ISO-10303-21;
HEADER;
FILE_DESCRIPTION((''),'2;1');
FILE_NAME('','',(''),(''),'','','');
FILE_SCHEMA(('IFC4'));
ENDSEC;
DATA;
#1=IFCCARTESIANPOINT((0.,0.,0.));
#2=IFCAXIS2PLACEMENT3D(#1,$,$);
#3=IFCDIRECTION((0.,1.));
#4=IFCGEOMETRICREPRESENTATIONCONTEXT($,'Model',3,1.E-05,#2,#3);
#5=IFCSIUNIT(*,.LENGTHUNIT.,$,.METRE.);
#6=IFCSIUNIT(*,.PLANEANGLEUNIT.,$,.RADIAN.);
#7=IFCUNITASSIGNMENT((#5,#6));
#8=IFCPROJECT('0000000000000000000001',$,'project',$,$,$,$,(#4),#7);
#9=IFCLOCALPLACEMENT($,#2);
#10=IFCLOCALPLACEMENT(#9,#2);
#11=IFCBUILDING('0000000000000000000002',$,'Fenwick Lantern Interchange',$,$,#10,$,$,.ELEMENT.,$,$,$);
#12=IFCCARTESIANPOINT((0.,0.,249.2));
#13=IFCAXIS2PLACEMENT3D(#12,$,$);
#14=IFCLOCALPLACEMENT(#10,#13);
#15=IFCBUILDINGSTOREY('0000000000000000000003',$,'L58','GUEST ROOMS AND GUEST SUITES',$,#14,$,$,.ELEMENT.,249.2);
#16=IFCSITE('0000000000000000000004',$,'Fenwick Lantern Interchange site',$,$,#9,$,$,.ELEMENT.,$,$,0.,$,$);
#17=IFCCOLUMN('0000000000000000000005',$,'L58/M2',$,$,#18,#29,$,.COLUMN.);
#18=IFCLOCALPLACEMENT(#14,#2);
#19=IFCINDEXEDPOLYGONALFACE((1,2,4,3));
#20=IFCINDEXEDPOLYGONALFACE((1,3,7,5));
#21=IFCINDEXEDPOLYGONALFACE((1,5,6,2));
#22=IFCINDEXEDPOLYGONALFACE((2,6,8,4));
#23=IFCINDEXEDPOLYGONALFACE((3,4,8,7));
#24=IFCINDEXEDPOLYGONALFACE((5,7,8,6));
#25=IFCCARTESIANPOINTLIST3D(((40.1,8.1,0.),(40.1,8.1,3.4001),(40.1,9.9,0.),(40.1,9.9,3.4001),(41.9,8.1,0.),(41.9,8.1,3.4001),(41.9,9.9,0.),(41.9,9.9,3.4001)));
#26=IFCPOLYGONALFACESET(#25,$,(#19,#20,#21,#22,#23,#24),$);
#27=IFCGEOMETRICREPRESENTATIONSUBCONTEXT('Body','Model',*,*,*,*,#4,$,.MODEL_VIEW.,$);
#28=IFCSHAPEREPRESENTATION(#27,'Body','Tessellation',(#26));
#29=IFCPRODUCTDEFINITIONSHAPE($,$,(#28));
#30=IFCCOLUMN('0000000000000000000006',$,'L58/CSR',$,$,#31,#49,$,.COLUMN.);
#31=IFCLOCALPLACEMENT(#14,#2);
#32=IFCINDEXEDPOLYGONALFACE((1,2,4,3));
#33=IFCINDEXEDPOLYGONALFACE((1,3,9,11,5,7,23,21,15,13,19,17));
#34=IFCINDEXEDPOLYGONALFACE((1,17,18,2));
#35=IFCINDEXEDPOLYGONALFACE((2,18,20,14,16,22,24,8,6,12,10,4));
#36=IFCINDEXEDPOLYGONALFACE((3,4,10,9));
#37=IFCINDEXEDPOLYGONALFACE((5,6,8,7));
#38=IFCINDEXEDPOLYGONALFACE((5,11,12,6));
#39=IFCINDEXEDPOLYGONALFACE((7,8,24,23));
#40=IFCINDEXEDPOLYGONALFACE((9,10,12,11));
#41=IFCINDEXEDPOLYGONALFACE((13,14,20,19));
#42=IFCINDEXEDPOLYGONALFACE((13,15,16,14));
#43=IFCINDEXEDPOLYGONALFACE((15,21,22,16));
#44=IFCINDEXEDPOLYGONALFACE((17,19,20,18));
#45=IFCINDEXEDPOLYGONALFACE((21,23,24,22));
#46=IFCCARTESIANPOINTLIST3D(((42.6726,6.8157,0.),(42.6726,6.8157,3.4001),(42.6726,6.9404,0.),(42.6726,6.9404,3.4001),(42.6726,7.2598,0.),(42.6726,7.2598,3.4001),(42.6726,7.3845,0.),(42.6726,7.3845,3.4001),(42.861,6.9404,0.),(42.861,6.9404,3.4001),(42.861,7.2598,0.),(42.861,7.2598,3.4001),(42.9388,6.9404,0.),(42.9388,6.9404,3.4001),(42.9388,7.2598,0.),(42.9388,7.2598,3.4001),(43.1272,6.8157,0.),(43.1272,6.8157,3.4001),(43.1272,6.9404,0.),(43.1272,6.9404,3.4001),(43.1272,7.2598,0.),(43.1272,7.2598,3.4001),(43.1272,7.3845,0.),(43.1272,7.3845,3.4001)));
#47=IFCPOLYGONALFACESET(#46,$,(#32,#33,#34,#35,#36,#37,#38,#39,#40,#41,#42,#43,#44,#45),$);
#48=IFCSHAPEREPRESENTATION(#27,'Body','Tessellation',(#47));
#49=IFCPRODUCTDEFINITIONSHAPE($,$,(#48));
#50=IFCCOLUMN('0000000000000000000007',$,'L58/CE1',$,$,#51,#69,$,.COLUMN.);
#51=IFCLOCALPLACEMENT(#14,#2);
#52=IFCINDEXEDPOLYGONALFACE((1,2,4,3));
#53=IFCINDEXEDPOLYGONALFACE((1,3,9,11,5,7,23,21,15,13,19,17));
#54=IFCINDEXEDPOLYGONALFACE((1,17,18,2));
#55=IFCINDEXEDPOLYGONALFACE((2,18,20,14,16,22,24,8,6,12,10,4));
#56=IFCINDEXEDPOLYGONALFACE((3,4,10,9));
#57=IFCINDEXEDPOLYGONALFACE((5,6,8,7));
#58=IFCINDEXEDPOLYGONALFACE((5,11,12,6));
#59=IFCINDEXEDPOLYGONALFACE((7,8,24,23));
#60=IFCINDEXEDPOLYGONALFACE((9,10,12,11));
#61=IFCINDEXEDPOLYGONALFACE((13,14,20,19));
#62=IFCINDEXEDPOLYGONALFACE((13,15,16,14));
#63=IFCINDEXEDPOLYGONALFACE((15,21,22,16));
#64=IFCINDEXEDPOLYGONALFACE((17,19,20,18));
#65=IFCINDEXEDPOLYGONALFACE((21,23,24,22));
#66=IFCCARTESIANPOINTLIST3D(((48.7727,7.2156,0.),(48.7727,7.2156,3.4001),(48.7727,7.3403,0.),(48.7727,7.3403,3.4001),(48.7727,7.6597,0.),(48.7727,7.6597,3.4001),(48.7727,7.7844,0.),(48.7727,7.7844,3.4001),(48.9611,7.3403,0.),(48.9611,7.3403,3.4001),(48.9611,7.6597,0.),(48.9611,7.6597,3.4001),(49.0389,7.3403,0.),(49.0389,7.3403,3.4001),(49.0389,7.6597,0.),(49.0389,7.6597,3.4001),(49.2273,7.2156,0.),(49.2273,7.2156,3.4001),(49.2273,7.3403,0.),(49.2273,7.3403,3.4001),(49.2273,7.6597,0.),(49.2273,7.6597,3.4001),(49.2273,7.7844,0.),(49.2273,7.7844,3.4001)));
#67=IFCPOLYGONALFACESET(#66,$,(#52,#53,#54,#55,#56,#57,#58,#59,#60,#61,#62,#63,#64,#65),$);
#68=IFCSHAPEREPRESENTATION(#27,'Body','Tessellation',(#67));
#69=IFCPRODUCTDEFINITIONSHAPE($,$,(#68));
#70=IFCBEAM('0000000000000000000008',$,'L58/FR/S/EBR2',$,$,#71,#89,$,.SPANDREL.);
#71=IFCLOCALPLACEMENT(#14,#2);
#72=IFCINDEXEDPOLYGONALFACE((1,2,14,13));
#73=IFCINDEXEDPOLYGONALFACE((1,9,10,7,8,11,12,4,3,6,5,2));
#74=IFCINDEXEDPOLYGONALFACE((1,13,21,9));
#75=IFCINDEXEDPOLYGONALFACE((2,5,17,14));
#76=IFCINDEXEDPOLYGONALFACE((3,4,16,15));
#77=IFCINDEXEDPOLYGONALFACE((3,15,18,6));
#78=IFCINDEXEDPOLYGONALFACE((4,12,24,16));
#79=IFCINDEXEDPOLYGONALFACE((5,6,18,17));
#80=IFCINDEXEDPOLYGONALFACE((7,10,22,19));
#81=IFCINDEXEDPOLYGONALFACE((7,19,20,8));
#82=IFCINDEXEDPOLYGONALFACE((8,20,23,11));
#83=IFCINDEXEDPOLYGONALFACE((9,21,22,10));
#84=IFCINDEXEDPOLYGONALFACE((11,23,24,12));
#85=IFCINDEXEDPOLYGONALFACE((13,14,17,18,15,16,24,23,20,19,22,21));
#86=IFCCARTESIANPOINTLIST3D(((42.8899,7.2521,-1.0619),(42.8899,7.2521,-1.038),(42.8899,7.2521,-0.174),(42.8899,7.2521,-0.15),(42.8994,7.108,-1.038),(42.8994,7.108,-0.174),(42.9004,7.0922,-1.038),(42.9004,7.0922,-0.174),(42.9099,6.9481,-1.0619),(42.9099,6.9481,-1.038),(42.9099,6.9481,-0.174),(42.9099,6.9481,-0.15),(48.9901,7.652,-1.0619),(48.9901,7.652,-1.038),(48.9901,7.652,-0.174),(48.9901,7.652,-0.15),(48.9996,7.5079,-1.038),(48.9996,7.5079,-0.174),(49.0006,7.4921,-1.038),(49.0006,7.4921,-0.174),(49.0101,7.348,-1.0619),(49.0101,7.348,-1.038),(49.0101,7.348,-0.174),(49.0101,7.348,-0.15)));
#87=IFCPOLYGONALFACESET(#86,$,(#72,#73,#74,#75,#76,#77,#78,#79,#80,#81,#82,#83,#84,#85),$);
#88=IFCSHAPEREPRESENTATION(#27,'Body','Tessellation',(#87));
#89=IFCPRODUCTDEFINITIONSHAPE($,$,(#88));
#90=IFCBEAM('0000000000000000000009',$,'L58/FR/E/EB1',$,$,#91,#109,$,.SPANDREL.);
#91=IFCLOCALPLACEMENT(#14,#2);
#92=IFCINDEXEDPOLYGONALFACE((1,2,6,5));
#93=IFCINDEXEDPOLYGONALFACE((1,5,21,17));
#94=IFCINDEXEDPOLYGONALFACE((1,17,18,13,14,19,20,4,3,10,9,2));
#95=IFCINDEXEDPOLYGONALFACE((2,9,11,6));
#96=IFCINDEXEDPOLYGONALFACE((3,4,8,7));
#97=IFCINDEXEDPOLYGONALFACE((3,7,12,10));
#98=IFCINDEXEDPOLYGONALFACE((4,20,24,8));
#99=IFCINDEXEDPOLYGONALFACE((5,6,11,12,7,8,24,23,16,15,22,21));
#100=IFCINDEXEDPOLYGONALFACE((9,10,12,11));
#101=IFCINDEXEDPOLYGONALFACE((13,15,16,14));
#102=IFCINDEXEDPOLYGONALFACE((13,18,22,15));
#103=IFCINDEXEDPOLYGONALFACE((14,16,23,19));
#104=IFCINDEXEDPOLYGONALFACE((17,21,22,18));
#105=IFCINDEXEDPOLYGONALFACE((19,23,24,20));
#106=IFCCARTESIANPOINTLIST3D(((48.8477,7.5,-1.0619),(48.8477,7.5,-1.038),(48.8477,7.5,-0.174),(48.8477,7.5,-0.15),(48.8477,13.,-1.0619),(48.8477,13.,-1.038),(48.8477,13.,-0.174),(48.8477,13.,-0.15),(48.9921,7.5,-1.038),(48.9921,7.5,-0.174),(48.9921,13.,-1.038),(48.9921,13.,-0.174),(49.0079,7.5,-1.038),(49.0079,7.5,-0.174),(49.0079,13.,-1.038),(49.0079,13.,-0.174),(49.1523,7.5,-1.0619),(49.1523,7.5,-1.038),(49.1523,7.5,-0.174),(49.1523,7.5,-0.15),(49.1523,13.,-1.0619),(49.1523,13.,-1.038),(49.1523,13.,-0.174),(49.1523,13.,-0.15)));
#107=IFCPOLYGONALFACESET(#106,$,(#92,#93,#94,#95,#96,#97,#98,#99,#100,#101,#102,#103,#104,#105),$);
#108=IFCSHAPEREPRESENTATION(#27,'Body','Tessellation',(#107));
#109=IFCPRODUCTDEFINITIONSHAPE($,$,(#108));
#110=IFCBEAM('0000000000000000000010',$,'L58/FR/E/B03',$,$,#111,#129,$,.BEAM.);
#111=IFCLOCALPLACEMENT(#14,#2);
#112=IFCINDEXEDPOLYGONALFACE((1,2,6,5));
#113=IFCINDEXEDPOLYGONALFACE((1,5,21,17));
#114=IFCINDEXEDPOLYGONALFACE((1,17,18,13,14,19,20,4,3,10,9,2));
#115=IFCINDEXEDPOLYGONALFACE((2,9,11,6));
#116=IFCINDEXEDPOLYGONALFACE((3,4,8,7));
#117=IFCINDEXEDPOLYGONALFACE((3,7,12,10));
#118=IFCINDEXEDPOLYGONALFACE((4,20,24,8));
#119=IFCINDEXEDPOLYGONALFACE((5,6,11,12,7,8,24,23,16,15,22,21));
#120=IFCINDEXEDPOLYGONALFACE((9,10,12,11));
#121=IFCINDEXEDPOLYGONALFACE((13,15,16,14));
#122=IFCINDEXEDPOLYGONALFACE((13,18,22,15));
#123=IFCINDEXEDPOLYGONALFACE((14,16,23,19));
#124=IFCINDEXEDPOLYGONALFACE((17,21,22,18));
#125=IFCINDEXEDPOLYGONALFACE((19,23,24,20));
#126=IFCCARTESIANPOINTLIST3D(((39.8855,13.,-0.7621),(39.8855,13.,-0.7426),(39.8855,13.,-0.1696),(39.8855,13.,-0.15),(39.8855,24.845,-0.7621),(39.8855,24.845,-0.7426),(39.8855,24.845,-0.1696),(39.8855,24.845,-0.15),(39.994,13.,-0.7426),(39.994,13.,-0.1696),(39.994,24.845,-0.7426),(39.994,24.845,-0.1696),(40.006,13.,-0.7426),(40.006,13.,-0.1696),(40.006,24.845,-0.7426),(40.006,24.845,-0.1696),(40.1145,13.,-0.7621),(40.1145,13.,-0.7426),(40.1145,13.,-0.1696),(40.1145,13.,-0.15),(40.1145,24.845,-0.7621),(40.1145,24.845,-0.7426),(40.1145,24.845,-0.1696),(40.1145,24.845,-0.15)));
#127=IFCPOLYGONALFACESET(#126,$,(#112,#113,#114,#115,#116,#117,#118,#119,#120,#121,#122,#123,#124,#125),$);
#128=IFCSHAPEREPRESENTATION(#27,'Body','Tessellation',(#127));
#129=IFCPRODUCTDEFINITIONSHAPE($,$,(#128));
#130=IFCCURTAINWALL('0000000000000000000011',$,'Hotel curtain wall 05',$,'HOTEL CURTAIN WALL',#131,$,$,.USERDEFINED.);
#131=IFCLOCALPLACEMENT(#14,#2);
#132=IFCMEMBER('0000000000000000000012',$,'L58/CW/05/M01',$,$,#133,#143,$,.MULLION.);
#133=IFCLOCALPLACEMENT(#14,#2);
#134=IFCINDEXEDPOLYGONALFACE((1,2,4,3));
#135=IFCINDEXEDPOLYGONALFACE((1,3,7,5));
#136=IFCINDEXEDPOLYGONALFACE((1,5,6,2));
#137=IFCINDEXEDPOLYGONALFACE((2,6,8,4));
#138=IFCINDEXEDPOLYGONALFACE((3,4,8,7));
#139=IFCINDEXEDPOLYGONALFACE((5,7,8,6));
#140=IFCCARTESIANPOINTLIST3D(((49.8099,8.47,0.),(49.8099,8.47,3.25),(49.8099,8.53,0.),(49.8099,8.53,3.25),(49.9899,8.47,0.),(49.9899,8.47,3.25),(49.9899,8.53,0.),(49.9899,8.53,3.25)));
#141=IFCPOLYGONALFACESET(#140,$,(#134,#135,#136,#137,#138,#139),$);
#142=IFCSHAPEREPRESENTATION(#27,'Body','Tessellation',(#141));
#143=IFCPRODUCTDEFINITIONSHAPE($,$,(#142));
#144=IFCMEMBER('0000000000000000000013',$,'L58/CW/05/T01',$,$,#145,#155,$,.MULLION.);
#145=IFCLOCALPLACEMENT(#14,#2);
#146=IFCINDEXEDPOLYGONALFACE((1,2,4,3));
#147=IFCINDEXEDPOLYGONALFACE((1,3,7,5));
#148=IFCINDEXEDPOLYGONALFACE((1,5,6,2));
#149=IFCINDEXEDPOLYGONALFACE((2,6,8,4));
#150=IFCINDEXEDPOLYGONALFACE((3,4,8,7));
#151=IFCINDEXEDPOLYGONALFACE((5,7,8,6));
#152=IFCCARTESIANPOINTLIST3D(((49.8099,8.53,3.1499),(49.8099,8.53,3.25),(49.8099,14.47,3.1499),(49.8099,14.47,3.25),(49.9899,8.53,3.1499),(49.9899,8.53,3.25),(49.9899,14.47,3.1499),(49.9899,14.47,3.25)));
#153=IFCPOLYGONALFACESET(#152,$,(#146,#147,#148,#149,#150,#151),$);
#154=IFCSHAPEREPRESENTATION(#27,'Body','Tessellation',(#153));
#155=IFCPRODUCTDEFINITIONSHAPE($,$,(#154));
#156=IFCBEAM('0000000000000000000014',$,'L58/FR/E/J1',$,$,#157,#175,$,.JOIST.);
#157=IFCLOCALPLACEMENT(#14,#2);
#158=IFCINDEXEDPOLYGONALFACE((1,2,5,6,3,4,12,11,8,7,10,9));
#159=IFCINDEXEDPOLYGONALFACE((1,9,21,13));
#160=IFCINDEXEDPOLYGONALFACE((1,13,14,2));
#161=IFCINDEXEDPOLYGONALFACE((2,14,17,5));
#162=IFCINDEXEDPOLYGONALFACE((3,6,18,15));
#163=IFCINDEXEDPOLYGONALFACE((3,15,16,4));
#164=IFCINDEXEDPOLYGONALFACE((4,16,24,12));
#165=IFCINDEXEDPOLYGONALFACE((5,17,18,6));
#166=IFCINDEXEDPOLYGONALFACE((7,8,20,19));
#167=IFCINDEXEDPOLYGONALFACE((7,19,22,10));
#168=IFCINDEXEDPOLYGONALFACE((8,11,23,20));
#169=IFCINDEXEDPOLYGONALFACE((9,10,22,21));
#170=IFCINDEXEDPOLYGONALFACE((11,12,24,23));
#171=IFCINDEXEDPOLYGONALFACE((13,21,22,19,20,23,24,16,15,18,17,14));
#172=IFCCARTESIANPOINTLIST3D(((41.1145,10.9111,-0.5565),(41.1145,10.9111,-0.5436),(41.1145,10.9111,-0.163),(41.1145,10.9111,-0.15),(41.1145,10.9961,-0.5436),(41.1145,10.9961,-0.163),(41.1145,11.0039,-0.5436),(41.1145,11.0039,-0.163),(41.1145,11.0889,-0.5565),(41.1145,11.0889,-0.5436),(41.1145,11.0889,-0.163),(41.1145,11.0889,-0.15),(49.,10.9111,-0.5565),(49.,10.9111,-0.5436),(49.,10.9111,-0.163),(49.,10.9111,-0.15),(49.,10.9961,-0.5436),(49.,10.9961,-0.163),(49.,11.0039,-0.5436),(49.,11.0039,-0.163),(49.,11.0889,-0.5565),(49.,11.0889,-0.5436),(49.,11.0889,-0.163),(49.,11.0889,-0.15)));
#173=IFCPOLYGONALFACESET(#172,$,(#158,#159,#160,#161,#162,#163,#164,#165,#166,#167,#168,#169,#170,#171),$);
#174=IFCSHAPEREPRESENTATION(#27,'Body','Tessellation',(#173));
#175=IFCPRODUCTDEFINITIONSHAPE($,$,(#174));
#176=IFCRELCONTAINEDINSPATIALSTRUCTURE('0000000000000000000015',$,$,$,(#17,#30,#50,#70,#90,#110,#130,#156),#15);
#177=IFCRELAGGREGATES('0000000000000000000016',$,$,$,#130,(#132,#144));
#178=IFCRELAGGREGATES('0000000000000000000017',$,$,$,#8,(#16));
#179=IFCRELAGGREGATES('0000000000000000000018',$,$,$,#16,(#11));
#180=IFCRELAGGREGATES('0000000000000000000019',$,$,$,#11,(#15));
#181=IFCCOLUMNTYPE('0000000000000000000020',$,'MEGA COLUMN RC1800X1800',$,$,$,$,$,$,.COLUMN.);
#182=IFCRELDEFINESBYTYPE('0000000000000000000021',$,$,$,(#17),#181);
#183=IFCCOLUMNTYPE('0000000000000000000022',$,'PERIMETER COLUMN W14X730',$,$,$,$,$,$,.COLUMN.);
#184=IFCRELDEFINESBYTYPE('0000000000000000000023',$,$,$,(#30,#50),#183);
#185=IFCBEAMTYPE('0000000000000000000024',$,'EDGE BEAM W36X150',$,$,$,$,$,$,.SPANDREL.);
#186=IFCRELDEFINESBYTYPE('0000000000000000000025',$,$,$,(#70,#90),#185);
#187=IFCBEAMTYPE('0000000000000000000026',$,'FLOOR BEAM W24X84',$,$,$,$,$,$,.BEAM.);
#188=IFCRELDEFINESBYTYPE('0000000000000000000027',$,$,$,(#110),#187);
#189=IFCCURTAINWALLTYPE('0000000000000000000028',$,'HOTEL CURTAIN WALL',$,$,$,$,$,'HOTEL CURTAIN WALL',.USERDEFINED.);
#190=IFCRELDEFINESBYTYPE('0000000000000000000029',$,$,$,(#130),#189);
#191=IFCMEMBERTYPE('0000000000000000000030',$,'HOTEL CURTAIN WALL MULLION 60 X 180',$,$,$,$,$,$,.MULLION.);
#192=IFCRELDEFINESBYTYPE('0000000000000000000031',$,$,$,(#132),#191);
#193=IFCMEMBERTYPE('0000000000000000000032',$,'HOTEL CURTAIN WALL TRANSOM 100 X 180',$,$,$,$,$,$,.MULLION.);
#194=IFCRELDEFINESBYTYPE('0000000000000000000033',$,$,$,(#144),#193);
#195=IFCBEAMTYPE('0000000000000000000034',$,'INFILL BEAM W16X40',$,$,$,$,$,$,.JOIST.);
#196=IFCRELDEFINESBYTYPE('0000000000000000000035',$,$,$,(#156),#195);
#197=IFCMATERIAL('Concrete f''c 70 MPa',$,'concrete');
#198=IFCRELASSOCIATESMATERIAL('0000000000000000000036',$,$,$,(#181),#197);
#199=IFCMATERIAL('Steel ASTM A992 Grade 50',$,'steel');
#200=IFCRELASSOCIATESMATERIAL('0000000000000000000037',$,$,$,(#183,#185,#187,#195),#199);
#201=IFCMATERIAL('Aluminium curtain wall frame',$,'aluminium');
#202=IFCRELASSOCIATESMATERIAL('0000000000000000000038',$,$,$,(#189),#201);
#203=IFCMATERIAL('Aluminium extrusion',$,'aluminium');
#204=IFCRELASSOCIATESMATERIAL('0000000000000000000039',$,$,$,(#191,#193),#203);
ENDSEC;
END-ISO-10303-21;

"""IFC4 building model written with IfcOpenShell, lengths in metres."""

from ifc_helpers import new_model, si_unit, direction, frame, origin, origin_2d, place, context, subcontext, project, spatial, rectangle, i_section, extrude, material, material_profile, profile_set, type_object, element, aggregate, save


model = new_model("IFC4")

# Units and contexts
model_context = context("Model", 3, precision=1e-05, world=origin(), true_north=direction((0.0, 1.0)))
body_context = subcontext(model_context, "Body", "Model", "MODEL_VIEW")
ifc_project = project(units=[si_unit("LENGTHUNIT", "METRE"), si_unit("PLANEANGLEUNIT", "RADIAN")], contexts=[model_context])

# Site, building, storey
site_placement = place(None, origin())
site = spatial("IfcSite", under=ifc_project, at=site_placement, Name="Fenwick Lantern Interchange site", CompositionType="ELEMENT", RefElevation=0.0)
building_placement = place(site_placement, origin())
building = spatial("IfcBuilding", under=site, at=building_placement, Name="Fenwick Lantern Interchange", CompositionType="ELEMENT")
storey_placement = place(building_placement, frame((0.0, 0.0, 249.2)))
storey = spatial("IfcBuildingStorey", under=building, at=storey_placement, Name="L58", Description="GUEST ROOMS AND GUEST SUITES", CompositionType="ELEMENT", Elevation=249.2)

# Columns
ifc_material_1 = material(Name="Concrete f'c 70 MPa", Category="concrete")
ifc_material_profile_1 = material_profile(ifc_material_1, rectangle(XDim=1.8, YDim=1.8, at=origin_2d()), Name="RC1800X1800")
ifc_profile_set_1 = profile_set([ifc_material_profile_1], Name="Concrete f'c 70 MPa")
column_type_1 = type_object("IfcColumnType", Name="MEGA COLUMN RC1800X1800", PredefinedType="COLUMN", material=ifc_profile_set_1)
column_placement = place(storey_placement, frame((41.0, 9.0, 0.0), z_axis=(0.0, 0.0, 1.0), x_axis=(1.0, 0.0, 0.0)))
element("IfcColumn", 1, at=column_placement, inside=storey, type_object=column_type_1, Name="L58/M2", PredefinedType="COLUMN", context=body_context, shape_type="SweptSolid", body=[
    extrude(rectangle(XDim=1.8, YDim=1.8, at=origin_2d()), origin(), (0.0, 0.0, 1.0), 3.4001),
])
ifc_material_2 = material(Name="Steel ASTM A992 Grade 50", Category="steel")
ifc_material_profile_2 = material_profile(ifc_material_2, i_section(OverallWidth=0.4546, OverallDepth=0.5688, WebThickness=0.0779, FlangeThickness=0.1248, at=origin_2d()), Name="W14X730")
ifc_profile_set_2 = profile_set([ifc_material_profile_2], Name="Steel ASTM A992 Grade 50")
column_type_2 = type_object("IfcColumnType", Name="PERIMETER COLUMN W14X730", PredefinedType="COLUMN", material=ifc_profile_set_2)
for number, where, z_axis, x_axis, name in (
    (2, (42.8999, 7.1001, 0.0), (0.0, 0.0, 1.0), (1.0, 0.0, 0.0), "L58/CSR"),
    (3, (49.0, 7.5, 0.0), (0.0, 0.0, 1.0), (1.0, 0.0, 0.0), "L58/CE1"),
):
    element("IfcColumn", number, at=place(storey_placement, frame(where, z_axis=z_axis, x_axis=x_axis)), inside=storey, type_object=column_type_2, Name=name, PredefinedType="COLUMN", context=body_context, shape_type="SweptSolid", body=[
        extrude(i_section(OverallWidth=0.4546, OverallDepth=0.5688, WebThickness=0.0779, FlangeThickness=0.1248, at=origin_2d()), origin(), (0.0, 0.0, 1.0), 3.4001),
    ])

# Beams
ifc_material_profile_3 = material_profile(ifc_material_2, i_section(OverallWidth=0.3047, OverallDepth=0.9119, WebThickness=0.0159, FlangeThickness=0.0239, at=origin_2d()), Name="W36X150")
ifc_profile_set_3 = profile_set([ifc_material_profile_3], Name="Steel ASTM A992 Grade 50")
beam_type_1 = type_object("IfcBeamType", Name="EDGE BEAM W36X150", PredefinedType="SPANDREL", material=ifc_profile_set_3)
beam_1_placement = place(storey_placement, frame((42.8999, 7.1001, -0.606), z_axis=(0.997858, 0.065416, 0.0), x_axis=(-0.065416, 0.997858, 0.0)))
element("IfcBeam", 4, at=beam_1_placement, inside=storey, type_object=beam_type_1, Name="L58/FR/S/EBR2", PredefinedType="SPANDREL", context=body_context, shape_type="SweptSolid", body=[
    extrude(i_section(OverallWidth=0.3047, OverallDepth=0.9119, WebThickness=0.0159, FlangeThickness=0.0239, at=origin_2d()), origin(), (0.0, 0.0, 1.0), 6.1133),
])
beam_2_placement = place(storey_placement, frame((49.0, 7.5, -0.606), z_axis=(0.0, 1.0, 0.0), x_axis=(-1.0, 0.0, 0.0)))
element("IfcBeam", 5, at=beam_2_placement, inside=storey, type_object=beam_type_1, Name="L58/FR/E/EB1", PredefinedType="SPANDREL", context=body_context, shape_type="SweptSolid", body=[
    extrude(i_section(OverallWidth=0.3047, OverallDepth=0.9119, WebThickness=0.0159, FlangeThickness=0.0239, at=origin_2d()), origin(), (0.0, 0.0, 1.0), 5.5),
])
ifc_material_profile_4 = material_profile(ifc_material_2, i_section(OverallWidth=0.229, OverallDepth=0.6121, WebThickness=0.012, FlangeThickness=0.0195, at=origin_2d()), Name="W24X84")
ifc_profile_set_4 = profile_set([ifc_material_profile_4], Name="Steel ASTM A992 Grade 50")
beam_type_2 = type_object("IfcBeamType", Name="FLOOR BEAM W24X84", PredefinedType="BEAM", material=ifc_profile_set_4)
beam_3_placement = place(storey_placement, frame((40.0, 13.0, -0.4561), z_axis=(0.0, 1.0, 0.0), x_axis=(-1.0, 0.0, 0.0)))
element("IfcBeam", 6, at=beam_3_placement, inside=storey, type_object=beam_type_2, Name="L58/FR/E/B03", PredefinedType="BEAM", context=body_context, shape_type="SweptSolid", body=[
    extrude(i_section(OverallWidth=0.229, OverallDepth=0.6121, WebThickness=0.012, FlangeThickness=0.0195, at=origin_2d()), origin(), (0.0, 0.0, 1.0), 11.845),
])

# Curtain wall, members
ifc_material_3 = material(Name="Aluminium curtain wall frame", Category="aluminium")
curtain_wall_type = type_object("IfcCurtainWallType", Name="HOTEL CURTAIN WALL", ElementType="HOTEL CURTAIN WALL", PredefinedType="USERDEFINED", material=ifc_material_3)
curtain_wall_placement = place(storey_placement, origin())
curtain_wall = element("IfcCurtainWall", 7, at=curtain_wall_placement, inside=storey, type_object=curtain_wall_type, Name="Hotel curtain wall 05", ObjectType="HOTEL CURTAIN WALL", PredefinedType="USERDEFINED")
ifc_material_4 = material(Name="Aluminium extrusion", Category="aluminium")
ifc_material_profile_5 = material_profile(ifc_material_4, rectangle(XDim=0.1799, YDim=0.0601, at=origin_2d()), Name="HOTEL CURTAIN WALL MULLION 60 X 180")
ifc_profile_set_5 = profile_set([ifc_material_profile_5], Name="Aluminium extrusion")
member_type_1 = type_object("IfcMemberType", Name="HOTEL CURTAIN WALL MULLION 60 X 180", PredefinedType="MULLION", material=ifc_profile_set_5)
member_1_placement = place(storey_placement, frame((49.8999, 8.5, 0.0), z_axis=(0.0, 0.0, 1.0), x_axis=(-1.0, 0.0, 0.0)))
member_1 = element("IfcMember", 8, at=member_1_placement, type_object=member_type_1, Name="L58/CW/05/M01", PredefinedType="MULLION", context=body_context, shape_type="SweptSolid", body=[
    extrude(rectangle(XDim=0.1799, YDim=0.0601, at=origin_2d()), origin(), (0.0, 0.0, 1.0), 3.25),
])
ifc_material_profile_6 = material_profile(ifc_material_4, rectangle(XDim=0.1799, YDim=0.1001, at=origin_2d()), Name="HOTEL CURTAIN WALL TRANSOM 100 X 180")
ifc_profile_set_6 = profile_set([ifc_material_profile_6], Name="Aluminium extrusion")
member_type_2 = type_object("IfcMemberType", Name="HOTEL CURTAIN WALL TRANSOM 100 X 180", PredefinedType="MULLION", material=ifc_profile_set_6)
member_2_placement = place(storey_placement, frame((49.8999, 8.53, 3.2), z_axis=(0.0, 1.0, 0.0), x_axis=(-1.0, 0.0, 0.0)))
member_2 = element("IfcMember", 9, at=member_2_placement, type_object=member_type_2, Name="L58/CW/05/T01", PredefinedType="MULLION", context=body_context, shape_type="SweptSolid", body=[
    extrude(rectangle(XDim=0.1799, YDim=0.1001, at=origin_2d()), origin(), (0.0, 0.0, 1.0), 5.9399),
])
aggregate(curtain_wall, [member_1, member_2])

# Beam
ifc_material_profile_7 = material_profile(ifc_material_2, i_section(OverallWidth=0.1777, OverallDepth=0.4065, WebThickness=0.0078, FlangeThickness=0.0129, at=origin_2d()), Name="W16X40")
ifc_profile_set_7 = profile_set([ifc_material_profile_7], Name="Steel ASTM A992 Grade 50")
beam_type_3 = type_object("IfcBeamType", Name="INFILL BEAM W16X40", PredefinedType="JOIST", material=ifc_profile_set_7)
beam_4_placement = place(storey_placement, frame((49.0, 11.0, -0.3533), z_axis=(-1.0, 0.0, 0.0), x_axis=(0.0, -1.0, 0.0)))
element("IfcBeam", 10, at=beam_4_placement, inside=storey, type_object=beam_type_3, Name="L58/FR/E/J1", PredefinedType="JOIST", context=body_context, shape_type="SweptSolid", body=[
    extrude(i_section(OverallWidth=0.1777, OverallDepth=0.4065, WebThickness=0.0078, FlangeThickness=0.0129, at=origin_2d()), origin(), (0.0, 0.0, 1.0), 7.8855),
])

save(model, "model.ifc")
